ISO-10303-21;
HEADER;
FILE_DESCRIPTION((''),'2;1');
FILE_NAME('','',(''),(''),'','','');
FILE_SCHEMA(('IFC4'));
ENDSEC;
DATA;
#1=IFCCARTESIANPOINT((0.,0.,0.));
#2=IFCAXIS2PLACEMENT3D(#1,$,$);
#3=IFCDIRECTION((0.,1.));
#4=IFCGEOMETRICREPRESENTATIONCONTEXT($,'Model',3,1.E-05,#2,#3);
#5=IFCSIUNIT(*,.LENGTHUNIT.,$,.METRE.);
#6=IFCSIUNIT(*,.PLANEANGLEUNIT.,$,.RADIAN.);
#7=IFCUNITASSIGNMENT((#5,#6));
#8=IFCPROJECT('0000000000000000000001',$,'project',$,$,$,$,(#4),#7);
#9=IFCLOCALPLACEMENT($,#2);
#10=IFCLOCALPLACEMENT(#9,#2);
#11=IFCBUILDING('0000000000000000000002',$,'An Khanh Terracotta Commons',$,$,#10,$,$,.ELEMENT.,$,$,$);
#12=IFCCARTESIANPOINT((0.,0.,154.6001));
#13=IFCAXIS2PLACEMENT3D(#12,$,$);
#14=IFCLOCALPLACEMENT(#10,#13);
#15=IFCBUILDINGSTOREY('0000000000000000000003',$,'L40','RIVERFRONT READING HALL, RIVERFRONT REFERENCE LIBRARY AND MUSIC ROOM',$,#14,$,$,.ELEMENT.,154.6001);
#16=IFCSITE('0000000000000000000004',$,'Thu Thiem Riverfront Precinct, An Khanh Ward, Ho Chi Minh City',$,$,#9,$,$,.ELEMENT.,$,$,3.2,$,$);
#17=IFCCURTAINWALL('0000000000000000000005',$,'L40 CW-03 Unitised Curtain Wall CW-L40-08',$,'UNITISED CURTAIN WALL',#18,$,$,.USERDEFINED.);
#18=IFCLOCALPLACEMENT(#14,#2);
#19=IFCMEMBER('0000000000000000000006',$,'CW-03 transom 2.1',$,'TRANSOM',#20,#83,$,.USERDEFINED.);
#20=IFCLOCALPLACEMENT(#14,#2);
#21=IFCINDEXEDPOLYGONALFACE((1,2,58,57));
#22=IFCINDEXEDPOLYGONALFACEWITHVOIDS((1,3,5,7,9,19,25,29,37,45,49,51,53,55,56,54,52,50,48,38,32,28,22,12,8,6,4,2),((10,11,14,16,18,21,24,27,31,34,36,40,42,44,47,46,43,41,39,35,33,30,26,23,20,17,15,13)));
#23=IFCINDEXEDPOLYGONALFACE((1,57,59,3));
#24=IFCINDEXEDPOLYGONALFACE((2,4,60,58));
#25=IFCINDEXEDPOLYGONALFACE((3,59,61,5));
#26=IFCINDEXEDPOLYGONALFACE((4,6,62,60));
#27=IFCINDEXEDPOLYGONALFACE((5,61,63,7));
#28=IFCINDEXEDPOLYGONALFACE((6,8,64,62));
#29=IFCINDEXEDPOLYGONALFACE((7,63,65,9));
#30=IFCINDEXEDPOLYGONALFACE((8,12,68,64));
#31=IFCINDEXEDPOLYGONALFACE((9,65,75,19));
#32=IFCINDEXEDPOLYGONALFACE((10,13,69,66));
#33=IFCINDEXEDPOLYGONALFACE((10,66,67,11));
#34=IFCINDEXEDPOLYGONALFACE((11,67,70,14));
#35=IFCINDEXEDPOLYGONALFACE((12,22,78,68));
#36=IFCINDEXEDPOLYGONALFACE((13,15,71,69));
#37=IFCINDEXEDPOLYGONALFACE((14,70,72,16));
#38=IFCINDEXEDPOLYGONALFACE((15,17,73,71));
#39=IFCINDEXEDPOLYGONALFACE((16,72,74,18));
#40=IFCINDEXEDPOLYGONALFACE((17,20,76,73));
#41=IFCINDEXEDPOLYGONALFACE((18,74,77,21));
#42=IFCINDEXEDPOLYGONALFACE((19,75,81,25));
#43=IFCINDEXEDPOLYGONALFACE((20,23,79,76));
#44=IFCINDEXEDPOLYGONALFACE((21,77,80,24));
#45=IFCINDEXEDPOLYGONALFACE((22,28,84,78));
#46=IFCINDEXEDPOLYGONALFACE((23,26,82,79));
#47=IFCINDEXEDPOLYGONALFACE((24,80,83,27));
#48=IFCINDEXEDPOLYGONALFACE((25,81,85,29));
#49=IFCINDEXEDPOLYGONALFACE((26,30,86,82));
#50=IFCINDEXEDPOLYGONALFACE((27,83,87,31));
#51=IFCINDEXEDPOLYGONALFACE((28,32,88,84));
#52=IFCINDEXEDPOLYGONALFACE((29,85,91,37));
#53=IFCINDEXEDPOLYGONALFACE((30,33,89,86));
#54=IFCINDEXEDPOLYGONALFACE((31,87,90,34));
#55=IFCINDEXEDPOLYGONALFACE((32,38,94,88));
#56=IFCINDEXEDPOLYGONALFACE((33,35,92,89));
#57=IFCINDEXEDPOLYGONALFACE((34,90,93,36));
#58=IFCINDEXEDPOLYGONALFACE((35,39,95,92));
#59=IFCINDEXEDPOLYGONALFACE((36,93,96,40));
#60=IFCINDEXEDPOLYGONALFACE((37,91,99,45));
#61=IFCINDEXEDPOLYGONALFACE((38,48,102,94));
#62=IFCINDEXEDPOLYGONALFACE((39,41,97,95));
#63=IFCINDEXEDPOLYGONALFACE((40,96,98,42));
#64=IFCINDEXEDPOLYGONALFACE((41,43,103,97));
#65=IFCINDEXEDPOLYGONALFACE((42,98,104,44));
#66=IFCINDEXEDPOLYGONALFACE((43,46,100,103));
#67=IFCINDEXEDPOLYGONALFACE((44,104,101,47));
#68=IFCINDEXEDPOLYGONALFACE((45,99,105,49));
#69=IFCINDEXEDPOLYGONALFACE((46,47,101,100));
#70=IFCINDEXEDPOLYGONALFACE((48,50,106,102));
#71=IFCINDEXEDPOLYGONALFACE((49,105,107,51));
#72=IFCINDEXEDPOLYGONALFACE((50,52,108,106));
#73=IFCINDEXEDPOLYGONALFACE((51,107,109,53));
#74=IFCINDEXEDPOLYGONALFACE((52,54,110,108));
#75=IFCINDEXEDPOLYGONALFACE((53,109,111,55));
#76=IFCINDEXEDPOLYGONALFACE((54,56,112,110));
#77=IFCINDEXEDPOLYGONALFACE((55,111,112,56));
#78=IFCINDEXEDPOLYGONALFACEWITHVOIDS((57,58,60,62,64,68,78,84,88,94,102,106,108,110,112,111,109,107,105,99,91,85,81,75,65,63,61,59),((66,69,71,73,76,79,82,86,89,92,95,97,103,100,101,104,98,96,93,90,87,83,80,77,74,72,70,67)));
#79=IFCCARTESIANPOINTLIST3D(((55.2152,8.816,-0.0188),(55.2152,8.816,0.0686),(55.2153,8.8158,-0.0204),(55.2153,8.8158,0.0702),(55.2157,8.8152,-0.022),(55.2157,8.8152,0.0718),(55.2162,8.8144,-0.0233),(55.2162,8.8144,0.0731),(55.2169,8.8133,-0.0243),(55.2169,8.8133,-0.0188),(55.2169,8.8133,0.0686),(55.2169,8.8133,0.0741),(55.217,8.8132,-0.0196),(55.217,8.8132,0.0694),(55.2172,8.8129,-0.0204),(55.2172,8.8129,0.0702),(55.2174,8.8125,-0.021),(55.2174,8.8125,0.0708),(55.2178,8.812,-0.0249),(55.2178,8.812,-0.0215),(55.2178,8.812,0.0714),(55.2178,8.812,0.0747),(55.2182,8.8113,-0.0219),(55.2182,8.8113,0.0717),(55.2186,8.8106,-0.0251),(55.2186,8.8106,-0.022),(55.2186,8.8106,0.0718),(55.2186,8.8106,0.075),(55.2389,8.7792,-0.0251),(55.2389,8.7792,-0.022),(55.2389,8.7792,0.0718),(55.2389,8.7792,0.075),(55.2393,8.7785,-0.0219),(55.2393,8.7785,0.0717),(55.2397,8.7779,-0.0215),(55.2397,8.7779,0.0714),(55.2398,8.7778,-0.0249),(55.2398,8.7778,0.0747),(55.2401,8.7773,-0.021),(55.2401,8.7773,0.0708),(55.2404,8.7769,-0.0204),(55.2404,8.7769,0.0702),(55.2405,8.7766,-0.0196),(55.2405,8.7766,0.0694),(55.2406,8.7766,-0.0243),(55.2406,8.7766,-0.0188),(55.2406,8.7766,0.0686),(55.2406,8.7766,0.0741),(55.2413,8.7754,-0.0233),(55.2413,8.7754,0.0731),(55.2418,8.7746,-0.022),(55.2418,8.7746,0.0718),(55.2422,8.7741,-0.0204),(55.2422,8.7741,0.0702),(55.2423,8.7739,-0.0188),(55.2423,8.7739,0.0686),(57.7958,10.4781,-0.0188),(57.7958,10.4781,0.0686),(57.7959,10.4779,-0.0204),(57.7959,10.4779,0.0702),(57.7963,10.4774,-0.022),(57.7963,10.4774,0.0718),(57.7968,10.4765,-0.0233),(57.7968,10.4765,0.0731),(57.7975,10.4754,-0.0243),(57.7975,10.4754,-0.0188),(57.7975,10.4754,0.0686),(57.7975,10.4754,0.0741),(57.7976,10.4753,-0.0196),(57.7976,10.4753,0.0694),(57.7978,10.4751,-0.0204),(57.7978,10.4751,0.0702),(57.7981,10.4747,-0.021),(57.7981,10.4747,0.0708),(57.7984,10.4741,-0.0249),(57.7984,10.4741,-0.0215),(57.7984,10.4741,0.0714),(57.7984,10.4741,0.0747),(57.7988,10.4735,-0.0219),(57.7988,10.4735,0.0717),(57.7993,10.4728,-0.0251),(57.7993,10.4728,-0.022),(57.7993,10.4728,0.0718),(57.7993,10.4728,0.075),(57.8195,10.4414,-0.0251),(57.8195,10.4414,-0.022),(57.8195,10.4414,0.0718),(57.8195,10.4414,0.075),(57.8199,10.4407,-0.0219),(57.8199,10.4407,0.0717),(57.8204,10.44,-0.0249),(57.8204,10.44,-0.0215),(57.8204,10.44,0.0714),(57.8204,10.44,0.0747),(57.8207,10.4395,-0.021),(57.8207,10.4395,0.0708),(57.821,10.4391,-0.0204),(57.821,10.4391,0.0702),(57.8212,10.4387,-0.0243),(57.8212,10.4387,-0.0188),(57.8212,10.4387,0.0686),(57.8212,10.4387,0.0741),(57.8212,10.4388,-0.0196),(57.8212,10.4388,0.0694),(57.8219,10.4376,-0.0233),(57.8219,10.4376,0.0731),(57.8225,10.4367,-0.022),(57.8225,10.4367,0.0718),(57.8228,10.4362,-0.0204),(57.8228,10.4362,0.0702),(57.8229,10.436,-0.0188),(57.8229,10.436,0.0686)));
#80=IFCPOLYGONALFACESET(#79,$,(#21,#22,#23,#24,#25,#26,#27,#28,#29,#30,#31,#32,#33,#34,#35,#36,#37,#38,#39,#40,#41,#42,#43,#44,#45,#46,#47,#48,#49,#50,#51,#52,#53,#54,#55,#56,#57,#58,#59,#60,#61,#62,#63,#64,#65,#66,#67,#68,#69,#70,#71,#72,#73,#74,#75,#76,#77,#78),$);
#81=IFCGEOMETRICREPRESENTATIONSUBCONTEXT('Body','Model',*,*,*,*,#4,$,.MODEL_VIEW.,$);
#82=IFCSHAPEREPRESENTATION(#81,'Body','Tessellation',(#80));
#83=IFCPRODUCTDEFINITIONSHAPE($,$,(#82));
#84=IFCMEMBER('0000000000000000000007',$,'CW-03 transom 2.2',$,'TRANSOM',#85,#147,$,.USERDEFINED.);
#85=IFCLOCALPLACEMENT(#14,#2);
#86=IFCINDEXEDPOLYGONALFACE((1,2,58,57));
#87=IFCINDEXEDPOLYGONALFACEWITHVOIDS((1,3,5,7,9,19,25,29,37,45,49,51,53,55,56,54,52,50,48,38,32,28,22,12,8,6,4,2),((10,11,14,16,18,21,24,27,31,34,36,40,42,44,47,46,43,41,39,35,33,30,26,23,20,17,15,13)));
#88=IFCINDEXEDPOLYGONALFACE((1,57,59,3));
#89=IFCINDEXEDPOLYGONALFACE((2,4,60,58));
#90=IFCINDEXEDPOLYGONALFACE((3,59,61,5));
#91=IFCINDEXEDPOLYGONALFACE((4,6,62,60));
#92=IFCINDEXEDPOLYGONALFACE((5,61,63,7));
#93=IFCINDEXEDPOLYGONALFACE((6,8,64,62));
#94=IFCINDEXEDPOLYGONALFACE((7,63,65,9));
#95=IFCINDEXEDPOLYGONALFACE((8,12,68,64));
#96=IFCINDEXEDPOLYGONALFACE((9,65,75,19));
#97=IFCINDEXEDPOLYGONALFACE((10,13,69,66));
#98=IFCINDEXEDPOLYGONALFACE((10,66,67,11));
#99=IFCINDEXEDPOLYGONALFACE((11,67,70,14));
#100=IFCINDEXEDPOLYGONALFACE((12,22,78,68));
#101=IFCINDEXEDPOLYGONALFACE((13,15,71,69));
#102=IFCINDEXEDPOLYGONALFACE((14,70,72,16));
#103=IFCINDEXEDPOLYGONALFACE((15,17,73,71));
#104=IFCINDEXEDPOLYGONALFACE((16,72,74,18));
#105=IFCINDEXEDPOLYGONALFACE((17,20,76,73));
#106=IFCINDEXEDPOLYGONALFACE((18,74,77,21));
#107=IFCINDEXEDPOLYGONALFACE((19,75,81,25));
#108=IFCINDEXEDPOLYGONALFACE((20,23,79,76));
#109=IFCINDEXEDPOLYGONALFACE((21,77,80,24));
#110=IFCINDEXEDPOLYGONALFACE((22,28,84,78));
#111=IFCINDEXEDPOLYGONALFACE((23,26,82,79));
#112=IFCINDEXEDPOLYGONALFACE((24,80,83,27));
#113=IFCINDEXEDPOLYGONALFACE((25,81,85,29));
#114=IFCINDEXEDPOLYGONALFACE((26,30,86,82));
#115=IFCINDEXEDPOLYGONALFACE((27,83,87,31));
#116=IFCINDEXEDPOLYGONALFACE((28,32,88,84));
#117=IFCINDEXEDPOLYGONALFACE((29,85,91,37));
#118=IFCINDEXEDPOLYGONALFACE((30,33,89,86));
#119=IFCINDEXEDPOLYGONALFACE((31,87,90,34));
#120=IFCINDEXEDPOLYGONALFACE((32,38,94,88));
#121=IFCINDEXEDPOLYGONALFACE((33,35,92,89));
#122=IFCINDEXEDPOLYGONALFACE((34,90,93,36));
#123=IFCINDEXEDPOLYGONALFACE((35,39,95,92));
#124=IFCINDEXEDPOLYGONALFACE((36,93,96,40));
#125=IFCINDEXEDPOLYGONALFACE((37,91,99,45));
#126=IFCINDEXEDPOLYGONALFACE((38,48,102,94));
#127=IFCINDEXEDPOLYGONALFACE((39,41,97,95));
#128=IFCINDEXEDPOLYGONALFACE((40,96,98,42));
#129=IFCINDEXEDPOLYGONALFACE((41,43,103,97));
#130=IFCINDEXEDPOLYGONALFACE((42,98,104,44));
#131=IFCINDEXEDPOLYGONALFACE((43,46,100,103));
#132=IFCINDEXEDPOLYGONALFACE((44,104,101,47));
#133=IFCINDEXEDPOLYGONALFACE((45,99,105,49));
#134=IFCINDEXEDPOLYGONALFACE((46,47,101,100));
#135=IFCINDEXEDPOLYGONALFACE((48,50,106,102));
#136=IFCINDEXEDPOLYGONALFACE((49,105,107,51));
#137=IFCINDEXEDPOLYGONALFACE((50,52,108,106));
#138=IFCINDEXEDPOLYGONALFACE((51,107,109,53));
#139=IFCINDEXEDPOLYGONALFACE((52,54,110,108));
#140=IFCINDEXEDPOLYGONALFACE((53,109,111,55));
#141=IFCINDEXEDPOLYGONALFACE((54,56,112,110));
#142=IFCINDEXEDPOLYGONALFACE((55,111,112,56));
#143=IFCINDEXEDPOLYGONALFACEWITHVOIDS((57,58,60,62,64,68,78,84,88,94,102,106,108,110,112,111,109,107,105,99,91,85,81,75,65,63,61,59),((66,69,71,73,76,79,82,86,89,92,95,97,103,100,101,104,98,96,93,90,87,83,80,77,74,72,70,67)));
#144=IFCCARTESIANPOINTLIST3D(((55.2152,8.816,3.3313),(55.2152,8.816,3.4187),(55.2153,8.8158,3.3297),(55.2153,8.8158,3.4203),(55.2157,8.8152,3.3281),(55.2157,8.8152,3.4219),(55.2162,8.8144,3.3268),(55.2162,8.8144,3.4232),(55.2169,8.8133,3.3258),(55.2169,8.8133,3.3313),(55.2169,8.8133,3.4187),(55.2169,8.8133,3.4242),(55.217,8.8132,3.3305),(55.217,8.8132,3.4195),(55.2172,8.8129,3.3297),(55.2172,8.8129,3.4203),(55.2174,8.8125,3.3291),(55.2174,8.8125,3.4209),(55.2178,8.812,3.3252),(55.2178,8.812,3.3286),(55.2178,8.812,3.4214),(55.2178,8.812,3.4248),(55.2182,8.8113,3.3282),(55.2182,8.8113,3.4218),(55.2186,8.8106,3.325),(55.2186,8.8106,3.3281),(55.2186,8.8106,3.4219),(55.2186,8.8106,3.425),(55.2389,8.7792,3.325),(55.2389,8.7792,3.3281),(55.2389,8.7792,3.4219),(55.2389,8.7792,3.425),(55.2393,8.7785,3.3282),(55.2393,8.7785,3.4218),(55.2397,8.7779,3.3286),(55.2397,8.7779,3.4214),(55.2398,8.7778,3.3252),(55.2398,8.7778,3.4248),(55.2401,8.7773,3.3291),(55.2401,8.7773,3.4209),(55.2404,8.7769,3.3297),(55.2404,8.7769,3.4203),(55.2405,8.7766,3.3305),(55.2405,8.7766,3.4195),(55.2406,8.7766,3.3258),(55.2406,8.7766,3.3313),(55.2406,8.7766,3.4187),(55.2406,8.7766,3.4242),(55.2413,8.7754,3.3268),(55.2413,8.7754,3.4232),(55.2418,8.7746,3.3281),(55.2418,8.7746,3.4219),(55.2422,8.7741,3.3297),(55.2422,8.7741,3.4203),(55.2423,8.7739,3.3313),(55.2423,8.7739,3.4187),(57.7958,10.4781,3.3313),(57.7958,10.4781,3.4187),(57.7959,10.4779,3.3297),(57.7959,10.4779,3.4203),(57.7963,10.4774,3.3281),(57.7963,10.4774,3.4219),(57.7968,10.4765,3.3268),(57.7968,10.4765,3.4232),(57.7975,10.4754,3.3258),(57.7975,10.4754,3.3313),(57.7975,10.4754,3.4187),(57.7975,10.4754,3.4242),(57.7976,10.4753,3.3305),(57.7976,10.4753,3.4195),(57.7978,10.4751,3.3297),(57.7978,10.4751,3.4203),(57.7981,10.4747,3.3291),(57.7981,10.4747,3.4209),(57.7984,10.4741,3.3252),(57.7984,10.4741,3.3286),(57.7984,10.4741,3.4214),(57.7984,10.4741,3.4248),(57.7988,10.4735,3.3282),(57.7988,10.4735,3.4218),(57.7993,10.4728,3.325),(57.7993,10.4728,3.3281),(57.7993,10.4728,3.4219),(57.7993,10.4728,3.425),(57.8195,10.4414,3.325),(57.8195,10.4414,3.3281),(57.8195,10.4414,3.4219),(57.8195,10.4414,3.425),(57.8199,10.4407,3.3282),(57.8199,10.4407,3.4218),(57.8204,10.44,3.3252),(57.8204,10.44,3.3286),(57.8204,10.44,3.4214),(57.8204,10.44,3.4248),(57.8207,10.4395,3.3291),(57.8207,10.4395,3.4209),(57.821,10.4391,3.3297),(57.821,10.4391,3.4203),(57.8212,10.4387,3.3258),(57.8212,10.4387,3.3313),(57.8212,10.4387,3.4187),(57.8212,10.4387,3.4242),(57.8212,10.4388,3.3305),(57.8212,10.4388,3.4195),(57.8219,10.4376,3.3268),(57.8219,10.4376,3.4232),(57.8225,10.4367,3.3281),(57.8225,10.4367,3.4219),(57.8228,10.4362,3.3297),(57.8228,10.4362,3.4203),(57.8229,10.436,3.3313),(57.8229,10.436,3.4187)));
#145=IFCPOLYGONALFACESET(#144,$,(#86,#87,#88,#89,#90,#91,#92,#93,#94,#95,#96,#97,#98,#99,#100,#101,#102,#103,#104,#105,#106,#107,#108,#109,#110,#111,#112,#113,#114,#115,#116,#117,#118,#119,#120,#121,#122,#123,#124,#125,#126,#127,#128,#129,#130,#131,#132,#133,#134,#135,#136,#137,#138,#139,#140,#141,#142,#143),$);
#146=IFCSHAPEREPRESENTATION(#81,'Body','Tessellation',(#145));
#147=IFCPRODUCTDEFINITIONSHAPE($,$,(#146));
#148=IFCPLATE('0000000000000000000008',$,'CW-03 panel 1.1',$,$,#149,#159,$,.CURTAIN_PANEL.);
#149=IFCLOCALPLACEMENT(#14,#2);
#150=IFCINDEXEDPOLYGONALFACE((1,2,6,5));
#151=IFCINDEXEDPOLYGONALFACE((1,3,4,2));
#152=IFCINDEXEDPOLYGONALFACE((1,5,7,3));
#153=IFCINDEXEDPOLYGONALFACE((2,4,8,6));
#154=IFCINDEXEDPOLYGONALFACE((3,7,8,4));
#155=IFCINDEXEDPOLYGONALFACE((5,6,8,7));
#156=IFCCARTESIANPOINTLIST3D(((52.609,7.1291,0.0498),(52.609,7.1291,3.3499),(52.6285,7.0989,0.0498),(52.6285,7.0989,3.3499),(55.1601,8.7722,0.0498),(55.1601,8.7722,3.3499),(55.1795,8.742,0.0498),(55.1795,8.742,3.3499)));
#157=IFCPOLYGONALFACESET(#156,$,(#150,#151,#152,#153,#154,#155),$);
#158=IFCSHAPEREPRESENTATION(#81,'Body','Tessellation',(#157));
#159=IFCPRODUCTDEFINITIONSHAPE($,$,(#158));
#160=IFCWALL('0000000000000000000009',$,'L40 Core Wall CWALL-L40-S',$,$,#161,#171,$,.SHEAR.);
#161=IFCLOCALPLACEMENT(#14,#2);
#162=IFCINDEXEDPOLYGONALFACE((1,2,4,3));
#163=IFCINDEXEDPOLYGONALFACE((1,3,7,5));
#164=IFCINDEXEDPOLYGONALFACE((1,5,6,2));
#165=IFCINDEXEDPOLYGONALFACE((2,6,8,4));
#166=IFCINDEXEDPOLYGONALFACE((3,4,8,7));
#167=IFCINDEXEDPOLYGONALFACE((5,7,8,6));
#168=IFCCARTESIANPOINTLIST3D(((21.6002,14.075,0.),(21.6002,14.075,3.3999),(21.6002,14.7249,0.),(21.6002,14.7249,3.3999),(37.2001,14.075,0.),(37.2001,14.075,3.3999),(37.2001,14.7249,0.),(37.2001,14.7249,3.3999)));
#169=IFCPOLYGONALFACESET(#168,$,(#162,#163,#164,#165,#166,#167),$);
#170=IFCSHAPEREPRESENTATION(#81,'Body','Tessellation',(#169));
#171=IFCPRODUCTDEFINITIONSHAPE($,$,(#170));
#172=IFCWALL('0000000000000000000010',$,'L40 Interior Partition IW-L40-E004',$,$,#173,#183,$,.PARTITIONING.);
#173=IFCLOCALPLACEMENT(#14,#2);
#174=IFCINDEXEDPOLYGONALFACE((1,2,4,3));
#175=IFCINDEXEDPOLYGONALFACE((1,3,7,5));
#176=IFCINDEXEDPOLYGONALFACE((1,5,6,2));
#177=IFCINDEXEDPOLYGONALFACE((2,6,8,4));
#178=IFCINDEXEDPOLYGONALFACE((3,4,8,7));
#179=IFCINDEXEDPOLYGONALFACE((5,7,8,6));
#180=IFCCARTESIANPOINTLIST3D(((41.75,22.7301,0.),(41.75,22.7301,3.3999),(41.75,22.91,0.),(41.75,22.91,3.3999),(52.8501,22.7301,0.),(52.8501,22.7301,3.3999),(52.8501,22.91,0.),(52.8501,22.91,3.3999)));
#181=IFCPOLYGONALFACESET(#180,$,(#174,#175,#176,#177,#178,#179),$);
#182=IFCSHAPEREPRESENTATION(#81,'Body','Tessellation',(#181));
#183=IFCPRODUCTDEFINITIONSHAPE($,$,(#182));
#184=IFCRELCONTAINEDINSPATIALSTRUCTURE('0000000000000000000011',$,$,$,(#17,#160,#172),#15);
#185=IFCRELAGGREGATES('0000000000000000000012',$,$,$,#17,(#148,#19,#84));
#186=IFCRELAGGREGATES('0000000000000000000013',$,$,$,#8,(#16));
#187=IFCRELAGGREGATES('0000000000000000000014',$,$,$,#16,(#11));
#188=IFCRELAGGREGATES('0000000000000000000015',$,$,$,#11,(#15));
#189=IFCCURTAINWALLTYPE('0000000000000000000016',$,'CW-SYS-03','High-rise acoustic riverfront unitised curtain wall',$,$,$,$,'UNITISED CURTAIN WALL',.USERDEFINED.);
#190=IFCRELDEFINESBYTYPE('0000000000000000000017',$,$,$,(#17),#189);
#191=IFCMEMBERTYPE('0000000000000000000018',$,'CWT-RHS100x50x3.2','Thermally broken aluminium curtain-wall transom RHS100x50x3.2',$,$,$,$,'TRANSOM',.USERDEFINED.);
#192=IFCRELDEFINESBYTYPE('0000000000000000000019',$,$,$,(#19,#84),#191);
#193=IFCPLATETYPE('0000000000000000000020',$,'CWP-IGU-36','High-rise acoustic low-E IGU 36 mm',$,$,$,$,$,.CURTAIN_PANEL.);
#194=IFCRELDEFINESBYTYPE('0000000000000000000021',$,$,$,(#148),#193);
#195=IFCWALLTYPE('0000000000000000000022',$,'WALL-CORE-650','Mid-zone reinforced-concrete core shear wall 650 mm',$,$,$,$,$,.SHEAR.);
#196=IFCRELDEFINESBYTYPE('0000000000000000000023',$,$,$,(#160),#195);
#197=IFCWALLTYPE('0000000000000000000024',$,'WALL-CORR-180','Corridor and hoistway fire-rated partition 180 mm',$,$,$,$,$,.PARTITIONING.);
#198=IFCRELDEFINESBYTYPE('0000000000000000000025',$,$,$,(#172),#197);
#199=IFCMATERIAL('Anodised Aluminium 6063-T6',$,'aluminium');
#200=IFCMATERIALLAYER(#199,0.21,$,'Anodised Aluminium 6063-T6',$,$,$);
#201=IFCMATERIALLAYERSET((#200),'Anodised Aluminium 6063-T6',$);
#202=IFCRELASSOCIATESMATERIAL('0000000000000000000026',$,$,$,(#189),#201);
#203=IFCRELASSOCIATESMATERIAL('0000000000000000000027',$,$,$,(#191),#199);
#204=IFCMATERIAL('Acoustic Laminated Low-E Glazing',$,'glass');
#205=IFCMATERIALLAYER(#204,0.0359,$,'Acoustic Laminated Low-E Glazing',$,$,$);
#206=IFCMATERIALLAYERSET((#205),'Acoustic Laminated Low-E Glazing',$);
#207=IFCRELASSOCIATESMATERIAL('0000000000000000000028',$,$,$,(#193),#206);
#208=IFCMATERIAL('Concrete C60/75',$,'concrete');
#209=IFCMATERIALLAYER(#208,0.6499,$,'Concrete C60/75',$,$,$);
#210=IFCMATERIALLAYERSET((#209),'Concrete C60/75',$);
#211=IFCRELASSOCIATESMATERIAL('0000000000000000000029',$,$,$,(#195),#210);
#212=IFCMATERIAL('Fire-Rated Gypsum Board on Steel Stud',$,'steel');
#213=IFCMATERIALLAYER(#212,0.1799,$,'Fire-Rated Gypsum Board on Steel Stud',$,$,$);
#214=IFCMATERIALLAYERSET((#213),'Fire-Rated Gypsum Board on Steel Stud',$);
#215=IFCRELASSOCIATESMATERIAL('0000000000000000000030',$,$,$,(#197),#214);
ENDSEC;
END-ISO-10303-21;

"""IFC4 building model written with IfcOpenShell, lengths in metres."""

from ifc_helpers import new_model, si_unit, direction, frame, frame_2d, origin, origin_2d, place, context, subcontext, project, spatial, rectangle, hollow_rectangle, extrude, material, layer, layer_set, material_profile, profile_set, type_object, element, aggregate, save


model = new_model("IFC4")

# Units and contexts
model_context = context("Model", 3, precision=1e-05, world=origin(), true_north=direction((0.0, 1.0)))
body_context = subcontext(model_context, "Body", "Model", "MODEL_VIEW")
ifc_project = project(units=[si_unit("LENGTHUNIT", "METRE"), si_unit("PLANEANGLEUNIT", "RADIAN")], contexts=[model_context])

# Site, building, storey
site_placement = place(None, origin())
site = spatial("IfcSite", under=ifc_project, at=site_placement, Name="Thu Thiem Riverfront Precinct, An Khanh Ward, Ho Chi Minh City", CompositionType="ELEMENT", RefElevation=3.2)
building_placement = place(site_placement, origin())
building = spatial("IfcBuilding", under=site, at=building_placement, Name="An Khanh Terracotta Commons", CompositionType="ELEMENT")
storey_placement = place(building_placement, frame((0.0, 0.0, 154.6001)))
storey = spatial("IfcBuildingStorey", under=building, at=storey_placement, Name="L40", Description="RIVERFRONT READING HALL, RIVERFRONT REFERENCE LIBRARY AND MUSIC ROOM", CompositionType="ELEMENT", Elevation=154.6001)

# Shared definitions
ifc_material_1 = material(Name="Concrete C60/75", Category="concrete")

# Curtain wall, members, plate
ifc_material_2 = material(Name="Anodised Aluminium 6063-T6", Category="aluminium")
ifc_layer_1 = layer(ifc_material_2, 0.21, Name="Anodised Aluminium 6063-T6")
ifc_layer_set_1 = layer_set([ifc_layer_1], Name="Anodised Aluminium 6063-T6")
curtain_wall_type = type_object("IfcCurtainWallType", Name="CW-SYS-03", Description="High-rise acoustic riverfront unitised curtain wall", ElementType="UNITISED CURTAIN WALL", PredefinedType="USERDEFINED", material=ifc_layer_set_1)
curtain_wall_placement = place(storey_placement, origin())
curtain_wall = element("IfcCurtainWall", 1, at=curtain_wall_placement, inside=storey, type_object=curtain_wall_type, Name="L40 CW-03 Unitised Curtain Wall CW-L40-08", ObjectType="UNITISED CURTAIN WALL", PredefinedType="USERDEFINED")
ifc_material_profile_1 = material_profile(ifc_material_2, hollow_rectangle(XDim=0.05, YDim=0.1001, WallThickness=0.0032, InnerFilletRadius=0.0032, OuterFilletRadius=0.0063, at=origin_2d()), Name="RHS100x50x3.2")
ifc_profile_set_1 = profile_set([ifc_material_profile_1], Name="Anodised Aluminium 6063-T6")
member_type_1 = type_object("IfcMemberType", Name="CWT-RHS100x50x3.2", Description="Thermally broken aluminium curtain-wall transom RHS100x50x3.2", ElementType="TRANSOM", PredefinedType="USERDEFINED", material=ifc_profile_set_1)
member_1_placement = place(storey_placement, frame((55.2288, 8.7949, 0.0249), z_axis=(0.840708, 0.541489, 0.0), x_axis=(-0.541489, 0.840708, 0.0)))
member_1 = element("IfcMember", 2, at=member_1_placement, type_object=member_type_1, Name="CW-03 transom 2.1", ObjectType="TRANSOM", PredefinedType="USERDEFINED", context=body_context, shape_type="SweptSolid", body=[
    extrude(hollow_rectangle(XDim=0.05, YDim=0.1001, WallThickness=0.0032, InnerFilletRadius=0.0032, OuterFilletRadius=0.0063, at=origin_2d()), origin(), (0.0, 0.0, 1.0), 3.0696),
])
member_2_placement = place(storey_placement, frame((55.2288, 8.7949, 3.375), z_axis=(0.840708, 0.541489, 0.0), x_axis=(-0.541489, 0.840708, 0.0)))
member_2 = element("IfcMember", 3, at=member_2_placement, type_object=member_type_1, Name="CW-03 transom 2.2", ObjectType="TRANSOM", PredefinedType="USERDEFINED", context=body_context, shape_type="SweptSolid", body=[
    extrude(hollow_rectangle(XDim=0.05, YDim=0.1001, WallThickness=0.0032, InnerFilletRadius=0.0032, OuterFilletRadius=0.0063, at=origin_2d()), origin(), (0.0, 0.0, 1.0), 3.0696),
])
ifc_material_3 = material(Name="Acoustic Laminated Low-E Glazing", Category="glass")
ifc_layer_2 = layer(ifc_material_3, 0.0359, Name="Acoustic Laminated Low-E Glazing")
ifc_layer_set_2 = layer_set([ifc_layer_2], Name="Acoustic Laminated Low-E Glazing")
plate_type = type_object("IfcPlateType", Name="CWP-IGU-36", Description="High-rise acoustic low-E IGU 36 mm", PredefinedType="CURTAIN_PANEL", material=ifc_layer_set_2)
plate_placement = place(storey_placement, frame((53.8943, 7.9355, 0.0498), z_axis=(0.0, 0.0, 1.0), x_axis=(0.840702, 0.541498, 0.0)))
plate = element("IfcPlate", 4, at=plate_placement, type_object=plate_type, Name="CW-03 panel 1.1", PredefinedType="CURTAIN_PANEL", context=body_context, shape_type="SweptSolid", body=[
    extrude(rectangle(XDim=3.0344, YDim=0.0359, at=origin_2d()), origin(), (0.0, 0.0, 1.0), 3.3),
])
aggregate(curtain_wall, [plate, member_1, member_2])

# Wall
ifc_layer_3 = layer(ifc_material_1, 0.6499, Name="Concrete C60/75")
ifc_layer_set_3 = layer_set([ifc_layer_3], Name="Concrete C60/75")
wall_type_1 = type_object("IfcWallType", Name="WALL-CORE-650", Description="Mid-zone reinforced-concrete core shear wall 650 mm", PredefinedType="SHEAR", material=ifc_layer_set_3)
wall_1_placement = place(storey_placement, frame((37.2, 14.3999, 0.0), z_axis=(0.0, 0.0, 1.0), x_axis=(-1.0, 0.0, 0.0)))
element("IfcWall", 5, at=wall_1_placement, inside=storey, type_object=wall_type_1, Name="L40 Core Wall CWALL-L40-S", PredefinedType="SHEAR", context=body_context, shape_type="SweptSolid", body=[
    extrude(rectangle(XDim=15.5999, YDim=0.6499, at=frame_2d((7.7998, 0.0))), origin(), (0.0, 0.0, 1.0), 3.3999),
])

# Wall
ifc_material_4 = material(Name="Fire-Rated Gypsum Board on Steel Stud", Category="steel")
ifc_layer_4 = layer(ifc_material_4, 0.1799, Name="Fire-Rated Gypsum Board on Steel Stud")
ifc_layer_set_4 = layer_set([ifc_layer_4], Name="Fire-Rated Gypsum Board on Steel Stud")
wall_type_2 = type_object("IfcWallType", Name="WALL-CORR-180", Description="Corridor and hoistway fire-rated partition 180 mm", PredefinedType="PARTITIONING", material=ifc_layer_set_4)
wall_2_placement = place(storey_placement, frame((41.75, 22.8201, 0.0), z_axis=(0.0, 0.0, 1.0), x_axis=(1.0, 0.0, 0.0)))
element("IfcWall", 6, at=wall_2_placement, inside=storey, type_object=wall_type_2, Name="L40 Interior Partition IW-L40-E004", PredefinedType="PARTITIONING", context=body_context, shape_type="SweptSolid", body=[
    extrude(rectangle(XDim=11.1001, YDim=0.1799, at=frame_2d((5.55, 0.0))), origin(), (0.0, 0.0, 1.0), 3.3999),
])

save(model, "model.ifc")
